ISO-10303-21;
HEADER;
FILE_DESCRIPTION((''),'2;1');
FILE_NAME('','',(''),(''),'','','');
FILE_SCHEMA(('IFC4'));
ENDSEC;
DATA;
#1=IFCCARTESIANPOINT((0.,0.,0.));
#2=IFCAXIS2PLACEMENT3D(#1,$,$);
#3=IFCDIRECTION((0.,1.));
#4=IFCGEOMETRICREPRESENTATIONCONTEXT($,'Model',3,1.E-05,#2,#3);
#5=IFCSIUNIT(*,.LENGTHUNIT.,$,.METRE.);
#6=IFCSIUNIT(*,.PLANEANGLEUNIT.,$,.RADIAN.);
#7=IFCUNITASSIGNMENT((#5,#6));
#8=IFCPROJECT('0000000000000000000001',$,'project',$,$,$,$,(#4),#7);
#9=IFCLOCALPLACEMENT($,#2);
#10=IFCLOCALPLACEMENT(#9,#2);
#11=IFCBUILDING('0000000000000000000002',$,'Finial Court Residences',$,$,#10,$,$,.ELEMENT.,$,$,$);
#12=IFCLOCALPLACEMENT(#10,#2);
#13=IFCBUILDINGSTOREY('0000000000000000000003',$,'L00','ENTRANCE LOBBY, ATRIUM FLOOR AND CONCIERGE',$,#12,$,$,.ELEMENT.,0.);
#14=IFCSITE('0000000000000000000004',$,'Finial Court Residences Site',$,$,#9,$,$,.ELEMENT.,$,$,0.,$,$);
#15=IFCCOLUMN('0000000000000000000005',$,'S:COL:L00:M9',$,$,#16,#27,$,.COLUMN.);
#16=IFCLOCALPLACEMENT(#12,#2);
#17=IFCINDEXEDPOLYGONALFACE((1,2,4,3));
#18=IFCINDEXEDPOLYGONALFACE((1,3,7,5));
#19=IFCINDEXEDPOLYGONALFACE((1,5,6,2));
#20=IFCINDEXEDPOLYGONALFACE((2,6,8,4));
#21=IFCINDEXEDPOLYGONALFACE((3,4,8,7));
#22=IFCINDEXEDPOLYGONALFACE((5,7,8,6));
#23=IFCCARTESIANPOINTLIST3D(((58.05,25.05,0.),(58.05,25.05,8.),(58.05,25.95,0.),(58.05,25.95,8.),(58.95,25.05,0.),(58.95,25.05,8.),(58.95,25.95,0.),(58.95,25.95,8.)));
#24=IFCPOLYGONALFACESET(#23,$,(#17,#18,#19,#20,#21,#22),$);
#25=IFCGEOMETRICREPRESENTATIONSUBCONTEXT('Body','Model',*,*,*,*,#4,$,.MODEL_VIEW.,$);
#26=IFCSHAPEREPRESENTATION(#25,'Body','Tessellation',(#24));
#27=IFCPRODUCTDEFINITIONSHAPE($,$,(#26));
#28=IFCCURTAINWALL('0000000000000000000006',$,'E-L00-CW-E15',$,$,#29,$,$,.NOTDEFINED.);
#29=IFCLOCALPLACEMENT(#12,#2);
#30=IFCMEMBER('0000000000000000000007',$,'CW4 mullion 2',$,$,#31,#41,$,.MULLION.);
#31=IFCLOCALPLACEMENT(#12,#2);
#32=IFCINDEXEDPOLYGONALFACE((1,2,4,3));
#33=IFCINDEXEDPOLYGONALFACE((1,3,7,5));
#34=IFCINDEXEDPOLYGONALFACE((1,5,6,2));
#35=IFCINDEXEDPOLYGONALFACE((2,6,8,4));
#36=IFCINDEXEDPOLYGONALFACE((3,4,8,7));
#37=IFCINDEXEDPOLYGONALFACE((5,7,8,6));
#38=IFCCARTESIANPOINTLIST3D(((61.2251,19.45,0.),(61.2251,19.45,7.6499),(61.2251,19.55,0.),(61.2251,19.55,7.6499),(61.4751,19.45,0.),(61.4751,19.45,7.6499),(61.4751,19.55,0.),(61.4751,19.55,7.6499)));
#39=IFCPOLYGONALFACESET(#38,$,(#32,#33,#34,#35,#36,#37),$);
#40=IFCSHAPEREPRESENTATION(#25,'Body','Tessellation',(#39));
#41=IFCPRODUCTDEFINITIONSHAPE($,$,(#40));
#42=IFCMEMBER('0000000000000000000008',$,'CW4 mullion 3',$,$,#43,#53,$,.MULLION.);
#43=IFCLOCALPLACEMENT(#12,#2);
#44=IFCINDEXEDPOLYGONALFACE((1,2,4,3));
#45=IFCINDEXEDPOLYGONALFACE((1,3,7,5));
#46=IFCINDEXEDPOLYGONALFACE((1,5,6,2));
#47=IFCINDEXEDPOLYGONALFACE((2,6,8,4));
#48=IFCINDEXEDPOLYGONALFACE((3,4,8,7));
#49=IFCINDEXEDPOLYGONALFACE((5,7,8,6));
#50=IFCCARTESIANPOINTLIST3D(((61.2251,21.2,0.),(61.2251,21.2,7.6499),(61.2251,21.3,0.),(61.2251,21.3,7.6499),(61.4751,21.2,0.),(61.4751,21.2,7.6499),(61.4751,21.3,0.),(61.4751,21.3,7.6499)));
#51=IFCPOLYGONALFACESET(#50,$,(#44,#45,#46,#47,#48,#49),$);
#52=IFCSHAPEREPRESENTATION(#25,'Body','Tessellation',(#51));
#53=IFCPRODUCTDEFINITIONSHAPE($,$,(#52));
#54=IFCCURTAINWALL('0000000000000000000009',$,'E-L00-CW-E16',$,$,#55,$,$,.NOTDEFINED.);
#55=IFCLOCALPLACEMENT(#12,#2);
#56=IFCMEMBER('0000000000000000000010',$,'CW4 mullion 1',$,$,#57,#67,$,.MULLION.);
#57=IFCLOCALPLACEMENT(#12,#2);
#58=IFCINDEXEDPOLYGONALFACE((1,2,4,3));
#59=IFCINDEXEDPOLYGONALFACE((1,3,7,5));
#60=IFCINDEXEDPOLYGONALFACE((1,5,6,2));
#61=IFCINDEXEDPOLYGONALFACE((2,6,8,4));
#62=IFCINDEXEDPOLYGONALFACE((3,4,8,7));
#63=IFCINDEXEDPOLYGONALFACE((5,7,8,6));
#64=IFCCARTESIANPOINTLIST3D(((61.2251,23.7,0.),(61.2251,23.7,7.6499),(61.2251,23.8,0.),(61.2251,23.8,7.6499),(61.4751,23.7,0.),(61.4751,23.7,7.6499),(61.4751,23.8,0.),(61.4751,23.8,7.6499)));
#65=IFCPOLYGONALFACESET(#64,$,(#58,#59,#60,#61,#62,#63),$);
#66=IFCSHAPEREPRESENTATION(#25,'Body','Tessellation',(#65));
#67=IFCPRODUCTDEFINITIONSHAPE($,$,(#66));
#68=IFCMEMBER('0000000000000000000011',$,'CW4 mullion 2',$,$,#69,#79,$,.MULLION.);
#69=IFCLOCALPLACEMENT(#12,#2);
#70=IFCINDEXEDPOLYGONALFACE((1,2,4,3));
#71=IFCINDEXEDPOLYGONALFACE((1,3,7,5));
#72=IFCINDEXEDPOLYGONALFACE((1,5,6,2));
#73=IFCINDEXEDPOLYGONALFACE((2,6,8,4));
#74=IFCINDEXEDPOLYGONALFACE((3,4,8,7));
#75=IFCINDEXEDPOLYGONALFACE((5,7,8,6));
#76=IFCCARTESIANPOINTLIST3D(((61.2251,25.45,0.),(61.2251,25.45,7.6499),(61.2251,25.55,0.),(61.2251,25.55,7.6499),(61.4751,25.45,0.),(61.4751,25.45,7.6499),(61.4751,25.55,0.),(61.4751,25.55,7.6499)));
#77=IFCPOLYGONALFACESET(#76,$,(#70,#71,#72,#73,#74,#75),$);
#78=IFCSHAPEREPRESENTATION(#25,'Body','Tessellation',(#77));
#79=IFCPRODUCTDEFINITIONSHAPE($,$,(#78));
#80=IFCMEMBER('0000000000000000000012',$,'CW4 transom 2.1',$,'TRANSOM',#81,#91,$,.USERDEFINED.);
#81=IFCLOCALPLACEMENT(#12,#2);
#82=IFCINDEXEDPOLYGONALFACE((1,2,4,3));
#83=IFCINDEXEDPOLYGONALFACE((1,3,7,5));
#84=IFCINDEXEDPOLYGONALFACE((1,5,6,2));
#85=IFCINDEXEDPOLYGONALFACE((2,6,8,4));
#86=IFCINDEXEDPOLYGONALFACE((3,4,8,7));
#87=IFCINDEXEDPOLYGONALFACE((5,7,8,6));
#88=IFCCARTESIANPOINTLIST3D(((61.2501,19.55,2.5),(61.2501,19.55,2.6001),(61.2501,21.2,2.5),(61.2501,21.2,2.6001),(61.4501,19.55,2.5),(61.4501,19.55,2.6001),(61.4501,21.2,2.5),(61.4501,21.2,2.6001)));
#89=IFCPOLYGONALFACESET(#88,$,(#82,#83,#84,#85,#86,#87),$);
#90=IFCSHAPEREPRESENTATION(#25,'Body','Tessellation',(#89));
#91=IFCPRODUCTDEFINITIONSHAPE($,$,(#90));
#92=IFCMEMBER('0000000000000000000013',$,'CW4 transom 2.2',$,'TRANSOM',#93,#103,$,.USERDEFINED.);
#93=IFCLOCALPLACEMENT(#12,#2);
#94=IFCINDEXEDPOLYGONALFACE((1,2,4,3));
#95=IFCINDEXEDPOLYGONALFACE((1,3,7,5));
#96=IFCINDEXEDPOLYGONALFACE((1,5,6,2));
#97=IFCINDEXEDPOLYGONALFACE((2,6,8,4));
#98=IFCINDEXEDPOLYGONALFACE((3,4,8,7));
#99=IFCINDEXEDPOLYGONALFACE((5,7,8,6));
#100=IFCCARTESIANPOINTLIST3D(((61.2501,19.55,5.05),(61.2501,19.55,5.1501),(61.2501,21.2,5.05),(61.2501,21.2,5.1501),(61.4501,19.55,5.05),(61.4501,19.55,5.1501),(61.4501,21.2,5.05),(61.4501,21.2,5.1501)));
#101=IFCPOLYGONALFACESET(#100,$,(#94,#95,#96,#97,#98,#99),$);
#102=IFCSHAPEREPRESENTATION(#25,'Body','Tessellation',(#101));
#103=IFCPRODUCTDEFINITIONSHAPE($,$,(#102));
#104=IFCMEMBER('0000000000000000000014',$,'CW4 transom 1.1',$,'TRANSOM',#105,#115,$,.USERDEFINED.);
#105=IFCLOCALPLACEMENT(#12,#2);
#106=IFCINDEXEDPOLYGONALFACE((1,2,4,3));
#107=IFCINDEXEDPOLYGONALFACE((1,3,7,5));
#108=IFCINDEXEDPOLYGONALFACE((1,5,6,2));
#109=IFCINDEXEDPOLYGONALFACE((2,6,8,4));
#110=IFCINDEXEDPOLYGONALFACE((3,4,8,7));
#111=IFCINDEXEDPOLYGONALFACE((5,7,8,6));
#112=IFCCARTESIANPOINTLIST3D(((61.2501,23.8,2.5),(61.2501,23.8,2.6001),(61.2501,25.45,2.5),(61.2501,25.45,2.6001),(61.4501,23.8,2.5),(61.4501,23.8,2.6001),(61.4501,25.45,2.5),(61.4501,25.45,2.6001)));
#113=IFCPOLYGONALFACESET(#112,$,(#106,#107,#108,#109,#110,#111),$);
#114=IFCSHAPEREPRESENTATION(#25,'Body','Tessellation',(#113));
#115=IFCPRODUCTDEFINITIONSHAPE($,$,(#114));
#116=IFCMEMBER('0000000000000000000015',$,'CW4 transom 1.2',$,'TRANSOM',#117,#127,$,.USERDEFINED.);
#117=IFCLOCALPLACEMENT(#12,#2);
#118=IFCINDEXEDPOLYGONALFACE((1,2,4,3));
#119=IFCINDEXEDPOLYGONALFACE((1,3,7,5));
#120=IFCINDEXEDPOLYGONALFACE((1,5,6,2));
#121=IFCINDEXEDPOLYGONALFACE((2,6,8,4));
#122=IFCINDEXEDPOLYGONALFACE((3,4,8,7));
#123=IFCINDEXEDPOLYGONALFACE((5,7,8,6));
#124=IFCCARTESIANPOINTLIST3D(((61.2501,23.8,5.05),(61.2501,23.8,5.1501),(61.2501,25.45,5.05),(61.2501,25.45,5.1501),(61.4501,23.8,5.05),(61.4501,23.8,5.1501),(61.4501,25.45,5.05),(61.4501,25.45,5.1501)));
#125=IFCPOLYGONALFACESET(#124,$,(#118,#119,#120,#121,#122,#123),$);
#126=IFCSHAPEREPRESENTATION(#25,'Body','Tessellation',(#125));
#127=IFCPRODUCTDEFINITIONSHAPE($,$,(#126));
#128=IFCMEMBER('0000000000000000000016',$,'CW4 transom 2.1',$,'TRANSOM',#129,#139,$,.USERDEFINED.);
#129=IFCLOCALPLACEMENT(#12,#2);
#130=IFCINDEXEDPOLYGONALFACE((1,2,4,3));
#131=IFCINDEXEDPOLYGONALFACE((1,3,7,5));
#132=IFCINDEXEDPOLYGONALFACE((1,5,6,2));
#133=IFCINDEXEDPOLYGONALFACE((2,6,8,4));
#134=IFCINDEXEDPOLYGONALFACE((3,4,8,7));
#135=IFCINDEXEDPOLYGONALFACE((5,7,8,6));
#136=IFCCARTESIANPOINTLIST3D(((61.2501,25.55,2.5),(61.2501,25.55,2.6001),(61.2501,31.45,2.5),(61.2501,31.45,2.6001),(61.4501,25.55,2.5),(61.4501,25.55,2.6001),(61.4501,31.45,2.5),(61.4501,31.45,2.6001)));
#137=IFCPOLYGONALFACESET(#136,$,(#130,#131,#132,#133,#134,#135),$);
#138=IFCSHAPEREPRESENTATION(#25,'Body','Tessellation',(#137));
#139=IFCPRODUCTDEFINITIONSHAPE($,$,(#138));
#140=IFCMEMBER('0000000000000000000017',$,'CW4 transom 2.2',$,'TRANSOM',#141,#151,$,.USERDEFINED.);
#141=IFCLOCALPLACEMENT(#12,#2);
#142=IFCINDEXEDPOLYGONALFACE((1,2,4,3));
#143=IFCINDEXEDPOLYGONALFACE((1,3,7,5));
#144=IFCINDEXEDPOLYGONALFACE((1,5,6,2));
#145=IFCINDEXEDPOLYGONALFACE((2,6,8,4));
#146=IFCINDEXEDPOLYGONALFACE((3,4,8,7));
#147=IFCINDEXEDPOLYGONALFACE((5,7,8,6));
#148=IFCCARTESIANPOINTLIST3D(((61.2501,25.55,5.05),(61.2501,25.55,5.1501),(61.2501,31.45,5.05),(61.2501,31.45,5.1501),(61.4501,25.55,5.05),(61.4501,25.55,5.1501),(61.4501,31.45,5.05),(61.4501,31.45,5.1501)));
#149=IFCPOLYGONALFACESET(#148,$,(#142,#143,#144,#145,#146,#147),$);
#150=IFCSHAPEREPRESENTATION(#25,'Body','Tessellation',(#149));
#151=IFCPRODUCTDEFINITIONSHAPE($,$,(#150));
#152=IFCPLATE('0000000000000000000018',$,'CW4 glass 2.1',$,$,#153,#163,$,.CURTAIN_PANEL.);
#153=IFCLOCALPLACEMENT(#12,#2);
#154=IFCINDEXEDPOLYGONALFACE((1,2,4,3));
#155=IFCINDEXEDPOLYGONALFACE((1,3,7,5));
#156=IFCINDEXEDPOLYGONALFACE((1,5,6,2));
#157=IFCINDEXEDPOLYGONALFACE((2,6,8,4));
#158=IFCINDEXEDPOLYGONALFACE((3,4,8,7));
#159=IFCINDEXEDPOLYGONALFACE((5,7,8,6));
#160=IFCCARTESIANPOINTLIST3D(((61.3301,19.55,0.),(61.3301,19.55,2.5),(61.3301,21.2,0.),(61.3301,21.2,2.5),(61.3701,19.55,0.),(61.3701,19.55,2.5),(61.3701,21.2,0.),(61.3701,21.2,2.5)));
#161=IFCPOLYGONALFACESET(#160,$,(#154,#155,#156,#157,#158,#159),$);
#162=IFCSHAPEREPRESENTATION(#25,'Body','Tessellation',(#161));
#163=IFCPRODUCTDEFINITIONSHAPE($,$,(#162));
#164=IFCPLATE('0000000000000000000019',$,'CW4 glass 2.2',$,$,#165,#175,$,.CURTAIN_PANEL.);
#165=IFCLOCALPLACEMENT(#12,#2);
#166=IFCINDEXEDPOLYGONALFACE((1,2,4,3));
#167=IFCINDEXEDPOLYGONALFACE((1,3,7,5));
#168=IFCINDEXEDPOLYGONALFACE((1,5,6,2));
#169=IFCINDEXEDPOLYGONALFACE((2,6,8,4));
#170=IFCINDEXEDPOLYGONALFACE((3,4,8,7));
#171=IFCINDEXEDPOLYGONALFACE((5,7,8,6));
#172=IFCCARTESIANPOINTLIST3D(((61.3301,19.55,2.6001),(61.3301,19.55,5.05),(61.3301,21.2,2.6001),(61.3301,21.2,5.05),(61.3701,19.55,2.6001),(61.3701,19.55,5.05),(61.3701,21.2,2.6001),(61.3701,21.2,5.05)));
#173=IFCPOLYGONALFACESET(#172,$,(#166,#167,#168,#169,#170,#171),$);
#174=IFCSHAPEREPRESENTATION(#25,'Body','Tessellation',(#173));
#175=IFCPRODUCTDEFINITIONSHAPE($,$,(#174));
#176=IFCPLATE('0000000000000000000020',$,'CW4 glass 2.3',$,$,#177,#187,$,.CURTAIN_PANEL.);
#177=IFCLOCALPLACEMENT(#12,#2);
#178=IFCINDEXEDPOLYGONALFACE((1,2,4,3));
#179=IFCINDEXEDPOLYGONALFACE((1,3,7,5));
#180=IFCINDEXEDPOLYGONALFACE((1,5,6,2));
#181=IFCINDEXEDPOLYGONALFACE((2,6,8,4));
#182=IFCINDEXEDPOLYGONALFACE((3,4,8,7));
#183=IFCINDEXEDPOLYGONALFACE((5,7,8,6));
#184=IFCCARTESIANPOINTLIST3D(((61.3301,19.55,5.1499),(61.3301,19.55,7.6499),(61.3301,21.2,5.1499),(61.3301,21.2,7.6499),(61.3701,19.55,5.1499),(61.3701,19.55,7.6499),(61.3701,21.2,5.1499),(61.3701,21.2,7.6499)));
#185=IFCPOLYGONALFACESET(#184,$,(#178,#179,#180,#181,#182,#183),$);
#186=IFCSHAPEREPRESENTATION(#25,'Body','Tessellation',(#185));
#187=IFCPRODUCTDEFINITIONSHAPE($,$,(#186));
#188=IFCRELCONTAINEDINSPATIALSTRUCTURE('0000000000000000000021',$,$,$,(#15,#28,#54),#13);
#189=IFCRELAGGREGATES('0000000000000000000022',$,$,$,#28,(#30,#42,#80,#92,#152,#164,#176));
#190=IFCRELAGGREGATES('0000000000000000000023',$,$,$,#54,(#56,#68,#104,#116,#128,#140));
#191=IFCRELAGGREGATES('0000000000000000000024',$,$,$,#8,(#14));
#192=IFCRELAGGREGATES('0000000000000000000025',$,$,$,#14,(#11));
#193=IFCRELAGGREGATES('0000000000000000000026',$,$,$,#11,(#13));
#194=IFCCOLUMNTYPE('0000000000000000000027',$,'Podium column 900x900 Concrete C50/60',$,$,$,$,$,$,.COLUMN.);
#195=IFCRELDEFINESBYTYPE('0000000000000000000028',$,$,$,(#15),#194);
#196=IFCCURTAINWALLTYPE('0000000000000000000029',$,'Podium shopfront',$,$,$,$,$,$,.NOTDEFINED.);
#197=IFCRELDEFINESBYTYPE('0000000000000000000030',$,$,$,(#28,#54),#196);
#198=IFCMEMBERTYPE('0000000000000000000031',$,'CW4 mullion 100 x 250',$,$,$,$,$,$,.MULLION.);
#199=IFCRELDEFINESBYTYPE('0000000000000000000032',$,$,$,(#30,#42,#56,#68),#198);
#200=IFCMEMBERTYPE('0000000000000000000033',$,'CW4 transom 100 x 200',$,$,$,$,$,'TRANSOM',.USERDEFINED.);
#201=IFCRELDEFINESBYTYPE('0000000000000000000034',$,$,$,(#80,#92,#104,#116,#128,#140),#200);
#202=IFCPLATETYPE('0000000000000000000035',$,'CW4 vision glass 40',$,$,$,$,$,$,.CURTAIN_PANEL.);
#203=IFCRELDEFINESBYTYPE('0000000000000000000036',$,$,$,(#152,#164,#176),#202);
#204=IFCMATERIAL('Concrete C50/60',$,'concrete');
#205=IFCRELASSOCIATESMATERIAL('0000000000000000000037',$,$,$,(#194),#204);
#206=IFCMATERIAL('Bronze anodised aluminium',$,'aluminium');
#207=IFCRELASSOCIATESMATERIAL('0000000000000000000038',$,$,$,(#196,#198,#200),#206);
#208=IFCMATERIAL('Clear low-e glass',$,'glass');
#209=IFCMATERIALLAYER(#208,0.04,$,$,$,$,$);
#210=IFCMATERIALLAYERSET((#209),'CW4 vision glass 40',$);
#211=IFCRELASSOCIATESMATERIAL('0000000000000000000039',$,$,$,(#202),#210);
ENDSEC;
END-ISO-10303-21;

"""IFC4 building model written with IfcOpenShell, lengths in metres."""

from ifc_helpers import new_model, si_unit, direction, frame, origin, origin_2d, place, context, subcontext, project, spatial, rectangle, extrude, material, layer, layer_set, material_profile, profile_set, type_object, element, aggregate, save


model = new_model("IFC4")

# Units and contexts
model_context = context("Model", 3, precision=1e-05, world=origin(), true_north=direction((0.0, 1.0)))
body_context = subcontext(model_context, "Body", "Model", "MODEL_VIEW")
ifc_project = project(units=[si_unit("LENGTHUNIT", "METRE"), si_unit("PLANEANGLEUNIT", "RADIAN")], contexts=[model_context])

# Site, building, storey
site_placement = place(None, origin())
site = spatial("IfcSite", under=ifc_project, at=site_placement, Name="Finial Court Residences Site", CompositionType="ELEMENT", RefElevation=0.0)
building_placement = place(site_placement, origin())
building = spatial("IfcBuilding", under=site, at=building_placement, Name="Finial Court Residences", CompositionType="ELEMENT")
storey_placement = place(building_placement, origin())
storey = spatial("IfcBuildingStorey", under=building, at=storey_placement, Name="L00", Description="ENTRANCE LOBBY, ATRIUM FLOOR AND CONCIERGE", CompositionType="ELEMENT", Elevation=0.0)

# Column
ifc_material_1 = material(Name="Concrete C50/60", Category="concrete")
ifc_material_profile_1 = material_profile(ifc_material_1, rectangle(XDim=0.8999, YDim=0.8999, at=origin_2d()), Name="900x900")
ifc_profile_set_1 = profile_set([ifc_material_profile_1], Name="Concrete C50/60")
column_type = type_object("IfcColumnType", Name="Podium column 900x900 Concrete C50/60", PredefinedType="COLUMN", material=ifc_profile_set_1)
column_placement = place(storey_placement, frame((58.5, 25.5, 0.0), z_axis=(0.0, 0.0, 1.0), x_axis=(1.0, 0.0, 0.0)))
element("IfcColumn", 1, at=column_placement, inside=storey, type_object=column_type, Name="S:COL:L00:M9", PredefinedType="COLUMN", context=body_context, shape_type="SweptSolid", body=[
    extrude(rectangle(XDim=0.8999, YDim=0.8999, at=origin_2d()), origin(), (0.0, 0.0, 1.0), 8.0),
])

# Curtain walls, members
ifc_material_2 = material(Name="Bronze anodised aluminium", Category="aluminium")
curtain_wall_type = type_object("IfcCurtainWallType", Name="Podium shopfront", PredefinedType="NOTDEFINED", material=ifc_material_2)
curtain_wall_1_placement = place(storey_placement, origin())
curtain_wall_1 = element("IfcCurtainWall", 2, at=curtain_wall_1_placement, inside=storey, type_object=curtain_wall_type, Name="E-L00-CW-E15", PredefinedType="NOTDEFINED")
ifc_material_profile_2 = material_profile(ifc_material_2, rectangle(XDim=0.25, YDim=0.1001, at=origin_2d()), Name="CW4 mullion 100 x 250")
ifc_profile_set_2 = profile_set([ifc_material_profile_2], Name="Bronze anodised aluminium")
member_type_1 = type_object("IfcMemberType", Name="CW4 mullion 100 x 250", PredefinedType="MULLION", material=ifc_profile_set_2)
member_1_placement = place(storey_placement, frame((61.3501, 19.5, 0.0), z_axis=(0.0, 0.0, 1.0), x_axis=(-1.0, 0.0, 0.0)))
member_1 = element("IfcMember", 3, at=member_1_placement, type_object=member_type_1, Name="CW4 mullion 2", PredefinedType="MULLION", context=body_context, shape_type="SweptSolid", body=[
    extrude(rectangle(XDim=0.25, YDim=0.1001, at=origin_2d()), origin(), (0.0, 0.0, 1.0), 7.6499),
])
member_2_placement = place(storey_placement, frame((61.3501, 21.25, 0.0), z_axis=(0.0, 0.0, 1.0), x_axis=(-1.0, 0.0, 0.0)))
member_2 = element("IfcMember", 4, at=member_2_placement, type_object=member_type_1, Name="CW4 mullion 3", PredefinedType="MULLION", context=body_context, shape_type="SweptSolid", body=[
    extrude(rectangle(XDim=0.25, YDim=0.1001, at=origin_2d()), origin(), (0.0, 0.0, 1.0), 7.6499),
])
curtain_wall_2_placement = place(storey_placement, origin())
curtain_wall_2 = element("IfcCurtainWall", 5, at=curtain_wall_2_placement, inside=storey, type_object=curtain_wall_type, Name="E-L00-CW-E16", PredefinedType="NOTDEFINED")
member_3_placement = place(storey_placement, frame((61.3501, 23.75, 0.0), z_axis=(0.0, 0.0, 1.0), x_axis=(-1.0, 0.0, 0.0)))
member_3 = element("IfcMember", 6, at=member_3_placement, type_object=member_type_1, Name="CW4 mullion 1", PredefinedType="MULLION", context=body_context, shape_type="SweptSolid", body=[
    extrude(rectangle(XDim=0.25, YDim=0.1001, at=origin_2d()), origin(), (0.0, 0.0, 1.0), 7.6499),
])
member_4_placement = place(storey_placement, frame((61.3501, 25.5, 0.0), z_axis=(0.0, 0.0, 1.0), x_axis=(-1.0, 0.0, 0.0)))
member_4 = element("IfcMember", 7, at=member_4_placement, type_object=member_type_1, Name="CW4 mullion 2", PredefinedType="MULLION", context=body_context, shape_type="SweptSolid", body=[
    extrude(rectangle(XDim=0.25, YDim=0.1001, at=origin_2d()), origin(), (0.0, 0.0, 1.0), 7.6499),
])

# Members
ifc_material_profile_3 = material_profile(ifc_material_2, rectangle(XDim=0.2, YDim=0.1001, at=origin_2d()), Name="CW4 transom 100 x 200")
ifc_profile_set_3 = profile_set([ifc_material_profile_3], Name="Bronze anodised aluminium")
member_type_2 = type_object("IfcMemberType", Name="CW4 transom 100 x 200", ElementType="TRANSOM", PredefinedType="USERDEFINED", material=ifc_profile_set_3)
member_5_placement = place(storey_placement, frame((61.3501, 19.55, 2.55), z_axis=(0.0, 1.0, 0.0), x_axis=(-1.0, 0.0, 0.0)))
member_5 = element("IfcMember", 8, at=member_5_placement, type_object=member_type_2, Name="CW4 transom 2.1", ObjectType="TRANSOM", PredefinedType="USERDEFINED", context=body_context, shape_type="SweptSolid", body=[
    extrude(rectangle(XDim=0.2, YDim=0.1001, at=origin_2d()), origin(), (0.0, 0.0, 1.0), 1.6499),
])
member_6_placement = place(storey_placement, frame((61.3501, 19.55, 5.1001), z_axis=(0.0, 1.0, 0.0), x_axis=(-1.0, 0.0, 0.0)))
member_6 = element("IfcMember", 9, at=member_6_placement, type_object=member_type_2, Name="CW4 transom 2.2", ObjectType="TRANSOM", PredefinedType="USERDEFINED", context=body_context, shape_type="SweptSolid", body=[
    extrude(rectangle(XDim=0.2, YDim=0.1001, at=origin_2d()), origin(), (0.0, 0.0, 1.0), 1.6499),
])
member_7_placement = place(storey_placement, frame((61.3501, 23.8, 2.55), z_axis=(0.0, 1.0, 0.0), x_axis=(-1.0, 0.0, 0.0)))
member_7 = element("IfcMember", 10, at=member_7_placement, type_object=member_type_2, Name="CW4 transom 1.1", ObjectType="TRANSOM", PredefinedType="USERDEFINED", context=body_context, shape_type="SweptSolid", body=[
    extrude(rectangle(XDim=0.2, YDim=0.1001, at=origin_2d()), origin(), (0.0, 0.0, 1.0), 1.6499),
])
member_8_placement = place(storey_placement, frame((61.3501, 23.8, 5.1001), z_axis=(0.0, 1.0, 0.0), x_axis=(-1.0, 0.0, 0.0)))
member_8 = element("IfcMember", 11, at=member_8_placement, type_object=member_type_2, Name="CW4 transom 1.2", ObjectType="TRANSOM", PredefinedType="USERDEFINED", context=body_context, shape_type="SweptSolid", body=[
    extrude(rectangle(XDim=0.2, YDim=0.1001, at=origin_2d()), origin(), (0.0, 0.0, 1.0), 1.6499),
])
member_9_placement = place(storey_placement, frame((61.3501, 25.55, 2.55), z_axis=(0.0, 1.0, 0.0), x_axis=(-1.0, 0.0, 0.0)))
member_9 = element("IfcMember", 12, at=member_9_placement, type_object=member_type_2, Name="CW4 transom 2.1", ObjectType="TRANSOM", PredefinedType="USERDEFINED", context=body_context, shape_type="SweptSolid", body=[
    extrude(rectangle(XDim=0.2, YDim=0.1001, at=origin_2d()), origin(), (0.0, 0.0, 1.0), 5.8999),
])
member_10_placement = place(storey_placement, frame((61.3501, 25.55, 5.1001), z_axis=(0.0, 1.0, 0.0), x_axis=(-1.0, 0.0, 0.0)))
member_10 = element("IfcMember", 13, at=member_10_placement, type_object=member_type_2, Name="CW4 transom 2.2", ObjectType="TRANSOM", PredefinedType="USERDEFINED", context=body_context, shape_type="SweptSolid", body=[
    extrude(rectangle(XDim=0.2, YDim=0.1001, at=origin_2d()), origin(), (0.0, 0.0, 1.0), 5.8999),
])

# Plates
ifc_material_3 = material(Name="Clear low-e glass", Category="glass")
ifc_layer_1 = layer(ifc_material_3, 0.04)
ifc_layer_set_1 = layer_set([ifc_layer_1], Name="CW4 vision glass 40")
plate_type = type_object("IfcPlateType", Name="CW4 vision glass 40", PredefinedType="CURTAIN_PANEL", material=ifc_layer_set_1)
plate_1_placement = place(storey_placement, frame((61.3501, 20.375, 0.0), z_axis=(0.0, 0.0, 1.0), x_axis=(0.0, 1.0, 0.0)))
plate_1 = element("IfcPlate", 14, at=plate_1_placement, type_object=plate_type, Name="CW4 glass 2.1", PredefinedType="CURTAIN_PANEL", context=body_context, shape_type="SweptSolid", body=[
    extrude(rectangle(XDim=1.6499, YDim=0.04, at=origin_2d()), origin(), (0.0, 0.0, 1.0), 2.5),
])
plate_2_placement = place(storey_placement, frame((61.3501, 20.375, 2.6001), z_axis=(0.0, 0.0, 1.0), x_axis=(0.0, 1.0, 0.0)))
plate_2 = element("IfcPlate", 15, at=plate_2_placement, type_object=plate_type, Name="CW4 glass 2.2", PredefinedType="CURTAIN_PANEL", context=body_context, shape_type="SweptSolid", body=[
    extrude(rectangle(XDim=1.6499, YDim=0.04, at=origin_2d()), origin(), (0.0, 0.0, 1.0), 2.45),
])
plate_3_placement = place(storey_placement, frame((61.3501, 20.375, 5.1499), z_axis=(0.0, 0.0, 1.0), x_axis=(0.0, 1.0, 0.0)))
plate_3 = element("IfcPlate", 16, at=plate_3_placement, type_object=plate_type, Name="CW4 glass 2.3", PredefinedType="CURTAIN_PANEL", context=body_context, shape_type="SweptSolid", body=[
    extrude(rectangle(XDim=1.6499, YDim=0.04, at=origin_2d()), origin(), (0.0, 0.0, 1.0), 2.5),
])
aggregate(curtain_wall_1, [member_1, member_2, member_5, member_6, plate_1, plate_2, plate_3])
aggregate(curtain_wall_2, [member_3, member_4, member_7, member_8, member_9, member_10])

save(model, "model.ifc")
